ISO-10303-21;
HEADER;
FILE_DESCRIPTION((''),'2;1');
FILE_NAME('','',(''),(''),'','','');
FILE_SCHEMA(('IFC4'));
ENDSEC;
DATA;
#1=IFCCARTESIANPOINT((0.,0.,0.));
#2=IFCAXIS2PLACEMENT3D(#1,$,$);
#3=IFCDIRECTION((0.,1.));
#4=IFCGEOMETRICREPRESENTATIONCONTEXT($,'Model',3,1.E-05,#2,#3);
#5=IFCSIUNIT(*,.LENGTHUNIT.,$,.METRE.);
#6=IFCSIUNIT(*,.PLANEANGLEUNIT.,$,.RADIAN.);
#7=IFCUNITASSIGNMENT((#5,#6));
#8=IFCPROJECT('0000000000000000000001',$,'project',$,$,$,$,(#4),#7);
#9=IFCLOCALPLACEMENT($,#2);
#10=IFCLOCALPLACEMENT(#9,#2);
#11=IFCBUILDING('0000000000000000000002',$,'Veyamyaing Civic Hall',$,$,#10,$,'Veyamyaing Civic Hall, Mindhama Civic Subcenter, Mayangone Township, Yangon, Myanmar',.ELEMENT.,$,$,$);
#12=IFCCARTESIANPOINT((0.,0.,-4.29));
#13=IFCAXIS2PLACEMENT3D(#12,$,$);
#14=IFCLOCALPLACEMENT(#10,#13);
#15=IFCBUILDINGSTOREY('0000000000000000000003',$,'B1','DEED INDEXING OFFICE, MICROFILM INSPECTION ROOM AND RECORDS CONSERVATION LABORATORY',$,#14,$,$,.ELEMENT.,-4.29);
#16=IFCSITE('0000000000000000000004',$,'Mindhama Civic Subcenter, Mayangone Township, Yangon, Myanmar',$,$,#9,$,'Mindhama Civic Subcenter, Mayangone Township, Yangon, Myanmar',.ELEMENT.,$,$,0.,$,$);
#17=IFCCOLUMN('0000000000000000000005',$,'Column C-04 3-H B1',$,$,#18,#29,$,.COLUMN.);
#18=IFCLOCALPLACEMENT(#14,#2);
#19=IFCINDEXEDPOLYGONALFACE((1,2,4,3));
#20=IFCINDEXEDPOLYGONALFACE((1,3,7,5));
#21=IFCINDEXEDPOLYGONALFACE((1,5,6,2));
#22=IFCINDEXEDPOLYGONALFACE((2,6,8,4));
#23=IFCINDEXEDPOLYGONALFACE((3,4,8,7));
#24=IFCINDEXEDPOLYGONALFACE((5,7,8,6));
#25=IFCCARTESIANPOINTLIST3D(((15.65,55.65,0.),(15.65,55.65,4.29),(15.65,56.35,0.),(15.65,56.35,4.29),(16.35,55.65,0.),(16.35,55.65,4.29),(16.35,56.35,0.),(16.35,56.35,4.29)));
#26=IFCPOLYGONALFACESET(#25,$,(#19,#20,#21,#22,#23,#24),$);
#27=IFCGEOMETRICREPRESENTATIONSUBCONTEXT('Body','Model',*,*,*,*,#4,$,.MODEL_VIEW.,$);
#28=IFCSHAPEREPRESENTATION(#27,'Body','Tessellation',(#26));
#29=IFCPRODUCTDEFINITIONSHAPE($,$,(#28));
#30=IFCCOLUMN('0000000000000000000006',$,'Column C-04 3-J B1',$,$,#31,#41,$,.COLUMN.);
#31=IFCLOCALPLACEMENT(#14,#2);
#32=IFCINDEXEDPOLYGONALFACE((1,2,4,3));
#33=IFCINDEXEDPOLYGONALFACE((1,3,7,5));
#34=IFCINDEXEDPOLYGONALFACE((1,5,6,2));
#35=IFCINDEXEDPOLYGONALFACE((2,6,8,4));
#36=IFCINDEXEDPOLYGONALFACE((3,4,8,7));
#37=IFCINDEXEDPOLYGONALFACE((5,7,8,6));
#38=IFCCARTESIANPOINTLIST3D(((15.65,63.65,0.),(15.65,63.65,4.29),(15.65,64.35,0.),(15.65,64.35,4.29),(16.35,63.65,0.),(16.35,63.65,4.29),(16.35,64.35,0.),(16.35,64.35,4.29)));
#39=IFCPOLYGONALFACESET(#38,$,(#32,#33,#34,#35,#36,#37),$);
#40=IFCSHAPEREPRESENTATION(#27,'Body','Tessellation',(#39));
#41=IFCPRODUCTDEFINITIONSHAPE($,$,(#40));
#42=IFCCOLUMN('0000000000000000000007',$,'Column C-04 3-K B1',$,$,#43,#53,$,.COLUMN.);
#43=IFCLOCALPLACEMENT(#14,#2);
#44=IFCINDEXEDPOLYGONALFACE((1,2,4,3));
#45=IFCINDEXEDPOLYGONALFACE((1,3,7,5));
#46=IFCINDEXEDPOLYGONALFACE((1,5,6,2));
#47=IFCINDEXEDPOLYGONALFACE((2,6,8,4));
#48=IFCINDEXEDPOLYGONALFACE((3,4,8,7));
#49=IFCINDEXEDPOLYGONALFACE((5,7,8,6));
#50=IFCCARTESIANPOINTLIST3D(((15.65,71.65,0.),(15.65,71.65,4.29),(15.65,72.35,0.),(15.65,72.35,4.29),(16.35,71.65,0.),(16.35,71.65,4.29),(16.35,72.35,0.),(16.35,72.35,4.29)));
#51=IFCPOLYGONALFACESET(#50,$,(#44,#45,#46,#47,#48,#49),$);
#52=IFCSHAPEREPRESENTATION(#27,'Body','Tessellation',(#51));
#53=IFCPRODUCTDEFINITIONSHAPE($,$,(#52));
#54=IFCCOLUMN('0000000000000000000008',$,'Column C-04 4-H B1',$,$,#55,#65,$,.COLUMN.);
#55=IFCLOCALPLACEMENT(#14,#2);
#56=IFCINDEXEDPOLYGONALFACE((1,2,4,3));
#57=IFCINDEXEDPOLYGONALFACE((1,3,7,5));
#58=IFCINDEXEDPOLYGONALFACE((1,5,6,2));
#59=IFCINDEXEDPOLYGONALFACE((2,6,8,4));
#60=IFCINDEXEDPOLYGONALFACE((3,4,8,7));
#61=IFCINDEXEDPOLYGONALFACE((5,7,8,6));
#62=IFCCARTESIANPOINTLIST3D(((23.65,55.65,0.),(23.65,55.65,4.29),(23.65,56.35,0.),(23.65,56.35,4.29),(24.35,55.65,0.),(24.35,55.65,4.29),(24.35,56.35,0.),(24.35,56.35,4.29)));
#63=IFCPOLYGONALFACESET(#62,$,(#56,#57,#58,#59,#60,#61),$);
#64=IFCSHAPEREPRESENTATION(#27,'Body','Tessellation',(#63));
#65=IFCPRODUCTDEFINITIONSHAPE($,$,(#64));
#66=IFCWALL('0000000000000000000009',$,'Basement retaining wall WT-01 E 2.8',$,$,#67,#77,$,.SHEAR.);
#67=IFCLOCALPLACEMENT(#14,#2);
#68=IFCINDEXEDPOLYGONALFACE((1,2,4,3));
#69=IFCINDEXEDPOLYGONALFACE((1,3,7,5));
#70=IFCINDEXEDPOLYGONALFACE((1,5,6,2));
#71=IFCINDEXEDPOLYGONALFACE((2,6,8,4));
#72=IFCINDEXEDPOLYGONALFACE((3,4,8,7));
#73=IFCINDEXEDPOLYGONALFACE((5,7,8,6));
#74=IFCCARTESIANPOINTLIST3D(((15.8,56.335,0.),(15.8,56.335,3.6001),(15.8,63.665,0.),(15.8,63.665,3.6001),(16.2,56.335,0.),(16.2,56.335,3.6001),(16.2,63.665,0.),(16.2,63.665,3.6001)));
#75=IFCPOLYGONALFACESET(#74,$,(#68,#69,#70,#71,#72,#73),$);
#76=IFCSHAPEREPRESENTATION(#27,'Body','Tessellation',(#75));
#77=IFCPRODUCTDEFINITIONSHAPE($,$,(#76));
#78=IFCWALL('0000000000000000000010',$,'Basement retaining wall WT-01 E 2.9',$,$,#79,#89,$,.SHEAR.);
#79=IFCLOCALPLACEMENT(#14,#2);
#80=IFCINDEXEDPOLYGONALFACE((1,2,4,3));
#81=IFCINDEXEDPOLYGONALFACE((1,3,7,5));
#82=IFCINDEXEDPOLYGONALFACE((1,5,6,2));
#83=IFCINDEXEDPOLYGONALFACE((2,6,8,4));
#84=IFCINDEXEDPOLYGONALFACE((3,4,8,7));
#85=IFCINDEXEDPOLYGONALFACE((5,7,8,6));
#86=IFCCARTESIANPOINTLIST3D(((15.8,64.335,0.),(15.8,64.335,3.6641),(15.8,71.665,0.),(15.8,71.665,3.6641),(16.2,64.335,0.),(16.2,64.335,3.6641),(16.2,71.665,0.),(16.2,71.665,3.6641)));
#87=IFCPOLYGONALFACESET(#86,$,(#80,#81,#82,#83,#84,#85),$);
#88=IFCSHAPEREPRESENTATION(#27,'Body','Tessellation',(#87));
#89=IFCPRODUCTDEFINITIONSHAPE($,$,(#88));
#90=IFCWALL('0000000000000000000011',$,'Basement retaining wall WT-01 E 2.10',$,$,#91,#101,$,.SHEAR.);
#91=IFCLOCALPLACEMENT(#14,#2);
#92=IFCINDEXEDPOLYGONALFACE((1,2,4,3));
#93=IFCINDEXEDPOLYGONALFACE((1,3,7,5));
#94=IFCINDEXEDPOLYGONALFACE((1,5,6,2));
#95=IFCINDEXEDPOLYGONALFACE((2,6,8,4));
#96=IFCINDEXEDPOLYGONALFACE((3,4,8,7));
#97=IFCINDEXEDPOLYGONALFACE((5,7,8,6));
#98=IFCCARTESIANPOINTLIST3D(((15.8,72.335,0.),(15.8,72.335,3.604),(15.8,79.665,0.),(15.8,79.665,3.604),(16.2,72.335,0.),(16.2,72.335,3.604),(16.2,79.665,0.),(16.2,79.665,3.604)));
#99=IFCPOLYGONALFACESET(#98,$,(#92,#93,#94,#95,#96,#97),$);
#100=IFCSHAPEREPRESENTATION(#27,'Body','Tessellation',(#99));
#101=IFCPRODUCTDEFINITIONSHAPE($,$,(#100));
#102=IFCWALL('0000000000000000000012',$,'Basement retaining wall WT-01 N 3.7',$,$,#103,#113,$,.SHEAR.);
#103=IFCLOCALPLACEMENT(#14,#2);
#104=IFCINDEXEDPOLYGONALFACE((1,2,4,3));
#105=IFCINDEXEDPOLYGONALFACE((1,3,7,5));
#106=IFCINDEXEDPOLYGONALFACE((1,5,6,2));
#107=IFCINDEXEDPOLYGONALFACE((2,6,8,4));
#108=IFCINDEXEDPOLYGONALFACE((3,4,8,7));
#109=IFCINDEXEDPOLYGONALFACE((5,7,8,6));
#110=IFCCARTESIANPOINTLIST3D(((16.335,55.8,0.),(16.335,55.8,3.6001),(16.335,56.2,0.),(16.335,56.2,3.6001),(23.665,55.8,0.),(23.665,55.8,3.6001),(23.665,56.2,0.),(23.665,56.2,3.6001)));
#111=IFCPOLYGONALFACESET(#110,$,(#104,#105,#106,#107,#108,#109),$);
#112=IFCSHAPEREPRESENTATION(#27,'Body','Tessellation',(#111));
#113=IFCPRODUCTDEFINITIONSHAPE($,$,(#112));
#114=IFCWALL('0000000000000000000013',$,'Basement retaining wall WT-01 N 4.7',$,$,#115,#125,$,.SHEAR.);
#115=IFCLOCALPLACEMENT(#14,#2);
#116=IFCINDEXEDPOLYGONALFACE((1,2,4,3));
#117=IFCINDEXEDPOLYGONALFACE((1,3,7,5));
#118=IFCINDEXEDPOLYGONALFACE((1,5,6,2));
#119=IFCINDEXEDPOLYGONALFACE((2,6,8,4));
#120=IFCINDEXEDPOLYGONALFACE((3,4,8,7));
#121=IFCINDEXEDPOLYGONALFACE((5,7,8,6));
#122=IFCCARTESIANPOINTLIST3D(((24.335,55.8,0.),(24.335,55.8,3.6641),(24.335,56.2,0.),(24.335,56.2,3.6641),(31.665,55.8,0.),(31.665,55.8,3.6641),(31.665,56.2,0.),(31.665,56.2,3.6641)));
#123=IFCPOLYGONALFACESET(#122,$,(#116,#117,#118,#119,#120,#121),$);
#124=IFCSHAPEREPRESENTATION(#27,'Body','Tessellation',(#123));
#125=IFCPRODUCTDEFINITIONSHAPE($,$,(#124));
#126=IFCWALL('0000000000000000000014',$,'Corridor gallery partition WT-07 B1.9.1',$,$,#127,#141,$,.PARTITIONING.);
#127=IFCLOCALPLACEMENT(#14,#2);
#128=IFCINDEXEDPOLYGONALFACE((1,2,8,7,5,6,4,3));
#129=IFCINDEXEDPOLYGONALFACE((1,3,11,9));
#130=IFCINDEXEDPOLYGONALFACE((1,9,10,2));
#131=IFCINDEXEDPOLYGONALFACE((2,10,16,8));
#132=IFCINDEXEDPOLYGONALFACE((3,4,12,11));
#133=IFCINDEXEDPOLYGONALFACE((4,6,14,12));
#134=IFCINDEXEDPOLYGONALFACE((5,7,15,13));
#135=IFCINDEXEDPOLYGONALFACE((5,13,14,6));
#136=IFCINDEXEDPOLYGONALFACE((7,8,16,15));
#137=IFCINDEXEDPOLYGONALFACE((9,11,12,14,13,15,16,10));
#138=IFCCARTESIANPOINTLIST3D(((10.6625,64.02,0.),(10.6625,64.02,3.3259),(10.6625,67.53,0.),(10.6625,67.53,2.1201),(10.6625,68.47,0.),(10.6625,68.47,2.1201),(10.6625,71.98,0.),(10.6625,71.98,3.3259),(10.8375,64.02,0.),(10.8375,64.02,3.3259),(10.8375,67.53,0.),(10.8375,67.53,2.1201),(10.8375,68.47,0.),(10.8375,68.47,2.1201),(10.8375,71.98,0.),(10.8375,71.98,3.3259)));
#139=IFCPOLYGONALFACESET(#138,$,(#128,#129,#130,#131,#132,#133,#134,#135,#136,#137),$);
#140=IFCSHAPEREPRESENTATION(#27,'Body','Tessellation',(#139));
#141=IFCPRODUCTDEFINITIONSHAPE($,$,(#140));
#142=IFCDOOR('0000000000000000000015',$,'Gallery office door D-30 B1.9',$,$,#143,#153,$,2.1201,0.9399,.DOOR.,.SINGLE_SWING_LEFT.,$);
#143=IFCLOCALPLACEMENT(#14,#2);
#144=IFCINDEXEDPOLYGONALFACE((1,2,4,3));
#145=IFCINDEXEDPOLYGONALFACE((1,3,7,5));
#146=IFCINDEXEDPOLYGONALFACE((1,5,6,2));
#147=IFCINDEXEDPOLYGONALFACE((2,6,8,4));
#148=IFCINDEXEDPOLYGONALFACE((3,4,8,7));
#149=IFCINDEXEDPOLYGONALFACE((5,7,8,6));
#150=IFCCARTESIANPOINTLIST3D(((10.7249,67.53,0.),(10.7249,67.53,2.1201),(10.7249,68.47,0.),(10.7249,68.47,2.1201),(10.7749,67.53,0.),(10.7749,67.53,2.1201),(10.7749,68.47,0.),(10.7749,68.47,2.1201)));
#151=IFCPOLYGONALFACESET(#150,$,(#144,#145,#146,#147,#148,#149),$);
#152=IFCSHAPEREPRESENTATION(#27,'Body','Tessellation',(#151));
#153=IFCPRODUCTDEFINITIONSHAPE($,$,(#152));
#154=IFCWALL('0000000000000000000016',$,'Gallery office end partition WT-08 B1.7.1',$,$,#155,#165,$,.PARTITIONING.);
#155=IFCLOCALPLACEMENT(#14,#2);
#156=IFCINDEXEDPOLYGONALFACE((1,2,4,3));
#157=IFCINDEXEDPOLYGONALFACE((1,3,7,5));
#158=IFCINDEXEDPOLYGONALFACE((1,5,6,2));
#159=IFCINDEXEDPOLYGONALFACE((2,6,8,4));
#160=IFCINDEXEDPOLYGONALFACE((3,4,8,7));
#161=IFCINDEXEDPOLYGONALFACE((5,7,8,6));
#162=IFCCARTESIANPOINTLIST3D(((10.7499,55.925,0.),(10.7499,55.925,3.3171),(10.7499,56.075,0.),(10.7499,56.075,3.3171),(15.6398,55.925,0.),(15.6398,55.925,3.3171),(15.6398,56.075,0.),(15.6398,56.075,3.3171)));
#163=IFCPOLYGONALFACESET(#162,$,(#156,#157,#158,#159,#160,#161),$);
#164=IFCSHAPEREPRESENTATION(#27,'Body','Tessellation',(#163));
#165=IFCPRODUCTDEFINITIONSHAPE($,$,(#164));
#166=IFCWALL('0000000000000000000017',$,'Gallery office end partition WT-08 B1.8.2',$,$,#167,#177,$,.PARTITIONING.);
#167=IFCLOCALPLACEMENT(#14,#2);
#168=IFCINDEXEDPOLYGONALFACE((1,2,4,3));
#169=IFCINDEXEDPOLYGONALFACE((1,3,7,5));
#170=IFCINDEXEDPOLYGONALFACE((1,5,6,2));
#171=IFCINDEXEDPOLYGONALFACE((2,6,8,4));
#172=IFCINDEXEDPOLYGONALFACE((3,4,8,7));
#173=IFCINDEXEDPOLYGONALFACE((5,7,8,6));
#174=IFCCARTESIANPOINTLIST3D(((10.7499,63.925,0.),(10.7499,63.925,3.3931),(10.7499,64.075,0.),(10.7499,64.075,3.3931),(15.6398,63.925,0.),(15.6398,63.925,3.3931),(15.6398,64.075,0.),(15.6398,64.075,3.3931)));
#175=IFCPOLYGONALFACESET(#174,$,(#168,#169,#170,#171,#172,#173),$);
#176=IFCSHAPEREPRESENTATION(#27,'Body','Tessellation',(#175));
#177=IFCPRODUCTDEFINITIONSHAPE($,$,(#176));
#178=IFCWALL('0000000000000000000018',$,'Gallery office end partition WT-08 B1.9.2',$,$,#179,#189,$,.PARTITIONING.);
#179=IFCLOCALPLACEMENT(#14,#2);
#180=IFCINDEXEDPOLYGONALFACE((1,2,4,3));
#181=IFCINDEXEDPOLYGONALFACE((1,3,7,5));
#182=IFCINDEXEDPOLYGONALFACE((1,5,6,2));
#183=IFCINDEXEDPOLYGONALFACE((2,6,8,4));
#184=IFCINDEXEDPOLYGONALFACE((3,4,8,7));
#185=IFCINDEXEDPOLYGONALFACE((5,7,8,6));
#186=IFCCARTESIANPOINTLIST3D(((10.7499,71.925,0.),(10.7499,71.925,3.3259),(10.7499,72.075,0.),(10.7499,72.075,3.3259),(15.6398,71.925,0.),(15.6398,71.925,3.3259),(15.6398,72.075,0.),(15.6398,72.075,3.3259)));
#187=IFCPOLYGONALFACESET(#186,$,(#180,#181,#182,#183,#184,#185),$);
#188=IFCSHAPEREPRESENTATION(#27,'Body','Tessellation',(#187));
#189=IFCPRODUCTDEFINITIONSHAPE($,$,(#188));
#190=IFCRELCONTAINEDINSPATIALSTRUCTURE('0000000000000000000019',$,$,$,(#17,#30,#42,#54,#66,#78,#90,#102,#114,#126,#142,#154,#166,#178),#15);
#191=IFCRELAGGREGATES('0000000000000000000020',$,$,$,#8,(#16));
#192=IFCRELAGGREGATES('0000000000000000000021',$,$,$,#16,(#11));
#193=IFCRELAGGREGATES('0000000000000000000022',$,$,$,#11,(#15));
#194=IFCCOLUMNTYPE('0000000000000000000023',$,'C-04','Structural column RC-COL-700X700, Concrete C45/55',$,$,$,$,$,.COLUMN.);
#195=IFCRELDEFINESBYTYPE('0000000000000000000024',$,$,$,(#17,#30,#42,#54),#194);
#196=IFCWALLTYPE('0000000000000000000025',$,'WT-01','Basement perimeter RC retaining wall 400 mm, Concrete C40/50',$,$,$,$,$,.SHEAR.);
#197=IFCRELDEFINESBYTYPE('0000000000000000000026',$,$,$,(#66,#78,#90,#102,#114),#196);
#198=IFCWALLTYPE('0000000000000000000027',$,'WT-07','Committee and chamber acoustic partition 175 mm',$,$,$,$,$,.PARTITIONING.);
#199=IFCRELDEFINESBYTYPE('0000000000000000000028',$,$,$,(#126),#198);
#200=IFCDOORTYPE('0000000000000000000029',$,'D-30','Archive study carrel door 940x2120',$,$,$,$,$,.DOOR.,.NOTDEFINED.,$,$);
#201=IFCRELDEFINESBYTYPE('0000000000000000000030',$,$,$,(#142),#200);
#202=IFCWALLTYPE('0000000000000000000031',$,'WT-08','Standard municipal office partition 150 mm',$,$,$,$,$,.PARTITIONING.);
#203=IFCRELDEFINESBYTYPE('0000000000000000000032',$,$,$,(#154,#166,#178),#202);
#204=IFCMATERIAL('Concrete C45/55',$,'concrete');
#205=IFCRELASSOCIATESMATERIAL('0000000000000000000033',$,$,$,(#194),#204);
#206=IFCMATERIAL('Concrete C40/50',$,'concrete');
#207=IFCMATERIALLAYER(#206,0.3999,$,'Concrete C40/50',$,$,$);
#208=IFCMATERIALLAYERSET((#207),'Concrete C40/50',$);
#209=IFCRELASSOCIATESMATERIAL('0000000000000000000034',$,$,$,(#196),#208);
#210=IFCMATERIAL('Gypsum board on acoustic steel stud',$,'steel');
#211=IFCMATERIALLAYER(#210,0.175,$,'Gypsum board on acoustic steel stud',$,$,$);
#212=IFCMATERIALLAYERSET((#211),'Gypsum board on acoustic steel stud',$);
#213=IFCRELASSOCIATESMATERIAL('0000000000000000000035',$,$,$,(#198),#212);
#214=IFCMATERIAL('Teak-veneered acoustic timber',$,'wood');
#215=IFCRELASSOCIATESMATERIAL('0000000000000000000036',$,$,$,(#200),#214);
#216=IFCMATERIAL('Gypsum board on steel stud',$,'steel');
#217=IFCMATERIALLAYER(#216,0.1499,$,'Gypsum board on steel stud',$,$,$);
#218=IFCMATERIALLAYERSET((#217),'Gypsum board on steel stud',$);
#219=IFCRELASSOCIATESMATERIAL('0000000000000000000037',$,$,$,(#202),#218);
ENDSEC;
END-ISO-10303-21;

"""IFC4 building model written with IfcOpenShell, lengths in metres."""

from ifc_helpers import new_model, si_unit, direction, frame, frame_2d, origin, origin_2d, place, context, subcontext, project, spatial, rectangle, extrude, material, layer, layer_set, material_profile, profile_set, type_object, element, fill, save


model = new_model("IFC4")

# Units and contexts
model_context = context("Model", 3, precision=1e-05, world=origin(), true_north=direction((0.0, 1.0)))
body_context = subcontext(model_context, "Body", "Model", "MODEL_VIEW")
ifc_project = project(units=[si_unit("LENGTHUNIT", "METRE"), si_unit("PLANEANGLEUNIT", "RADIAN")], contexts=[model_context])

# Site, building, storey
site_placement = place(None, origin())
site = spatial("IfcSite", under=ifc_project, at=site_placement, Name="Mindhama Civic Subcenter, Mayangone Township, Yangon, Myanmar", LongName="Mindhama Civic Subcenter, Mayangone Township, Yangon, Myanmar", CompositionType="ELEMENT", RefElevation=0.0)
building_placement = place(site_placement, origin())
building = spatial("IfcBuilding", under=site, at=building_placement, Name="Veyamyaing Civic Hall", LongName="Veyamyaing Civic Hall, Mindhama Civic Subcenter, Mayangone Township, Yangon, Myanmar", CompositionType="ELEMENT")
storey_placement = place(building_placement, frame((0.0, 0.0, -4.29)))
storey = spatial("IfcBuildingStorey", under=building, at=storey_placement, Name="B1", Description="DEED INDEXING OFFICE, MICROFILM INSPECTION ROOM AND RECORDS CONSERVATION LABORATORY", CompositionType="ELEMENT", Elevation=-4.29)

# Shared definitions
ifc_material_1 = material(Name="Concrete C40/50", Category="concrete")

# Columns
ifc_material_2 = material(Name="Concrete C45/55", Category="concrete")
ifc_material_profile_1 = material_profile(ifc_material_2, rectangle(XDim=0.7, YDim=0.7, at=origin_2d()), Name="RC-COL-700X700")
ifc_profile_set_1 = profile_set([ifc_material_profile_1], Name="Concrete C45/55")
column_type = type_object("IfcColumnType", Name="C-04", Description="Structural column RC-COL-700X700, Concrete C45/55", PredefinedType="COLUMN", material=ifc_profile_set_1)
for number, where, z_axis, x_axis, name in (
    (1, (16.0, 56.0, 0.0), (0.0, 0.0, 1.0), (1.0, 0.0, 0.0), "Column C-04 3-H B1"),
    (2, (16.0, 64.0, 0.0), (0.0, 0.0, 1.0), (1.0, 0.0, 0.0), "Column C-04 3-J B1"),
    (3, (16.0, 72.0, 0.0), (0.0, 0.0, 1.0), (1.0, 0.0, 0.0), "Column C-04 3-K B1"),
    (4, (24.0, 56.0, 0.0), (0.0, 0.0, 1.0), (1.0, 0.0, 0.0), "Column C-04 4-H B1"),
):
    element("IfcColumn", number, at=place(storey_placement, frame(where, z_axis=z_axis, x_axis=x_axis)), inside=storey, type_object=column_type, Name=name, PredefinedType="COLUMN", context=body_context, shape_type="SweptSolid", body=[
        extrude(rectangle(XDim=0.7, YDim=0.7, at=origin_2d()), origin(), (0.0, 0.0, 1.0), 4.29),
    ])

# Walls
ifc_layer_1 = layer(ifc_material_1, 0.3999, Name="Concrete C40/50")
ifc_layer_set_1 = layer_set([ifc_layer_1], Name="Concrete C40/50")
wall_type_1 = type_object("IfcWallType", Name="WT-01", Description="Basement perimeter RC retaining wall 400 mm, Concrete C40/50", PredefinedType="SHEAR", material=ifc_layer_set_1)
wall_1_placement = place(storey_placement, frame((16.0, 56.335, 0.0), z_axis=(0.0, 0.0, 1.0), x_axis=(0.0, 1.0, 0.0)))
element("IfcWall", 5, at=wall_1_placement, inside=storey, type_object=wall_type_1, Name="Basement retaining wall WT-01 E 2.8", PredefinedType="SHEAR", context=body_context, shape_type="SweptSolid", body=[
    extrude(rectangle(XDim=7.3301, YDim=0.3999, at=frame_2d((3.665, 0.0))), origin(), (0.0, 0.0, 1.0), 3.6001),
])
wall_2_placement = place(storey_placement, frame((16.0, 64.335, 0.0), z_axis=(0.0, 0.0, 1.0), x_axis=(0.0, 1.0, 0.0)))
element("IfcWall", 6, at=wall_2_placement, inside=storey, type_object=wall_type_1, Name="Basement retaining wall WT-01 E 2.9", PredefinedType="SHEAR", context=body_context, shape_type="SweptSolid", body=[
    extrude(rectangle(XDim=7.3301, YDim=0.3999, at=frame_2d((3.665, 0.0))), origin(), (0.0, 0.0, 1.0), 3.6641),
])
wall_3_placement = place(storey_placement, frame((16.0, 72.335, 0.0), z_axis=(0.0, 0.0, 1.0), x_axis=(0.0, 1.0, 0.0)))
element("IfcWall", 7, at=wall_3_placement, inside=storey, type_object=wall_type_1, Name="Basement retaining wall WT-01 E 2.10", PredefinedType="SHEAR", context=body_context, shape_type="SweptSolid", body=[
    extrude(rectangle(XDim=7.3301, YDim=0.3999, at=frame_2d((3.665, 0.0))), origin(), (0.0, 0.0, 1.0), 3.604),
])
wall_4_placement = place(storey_placement, frame((16.335, 56.0, 0.0), z_axis=(0.0, 0.0, 1.0), x_axis=(1.0, 0.0, 0.0)))
element("IfcWall", 8, at=wall_4_placement, inside=storey, type_object=wall_type_1, Name="Basement retaining wall WT-01 N 3.7", PredefinedType="SHEAR", context=body_context, shape_type="SweptSolid", body=[
    extrude(rectangle(XDim=7.3301, YDim=0.3999, at=frame_2d((3.665, 0.0))), origin(), (0.0, 0.0, 1.0), 3.6001),
])
wall_5_placement = place(storey_placement, frame((24.335, 56.0, 0.0), z_axis=(0.0, 0.0, 1.0), x_axis=(1.0, 0.0, 0.0)))
element("IfcWall", 9, at=wall_5_placement, inside=storey, type_object=wall_type_1, Name="Basement retaining wall WT-01 N 4.7", PredefinedType="SHEAR", context=body_context, shape_type="SweptSolid", body=[
    extrude(rectangle(XDim=7.3301, YDim=0.3999, at=frame_2d((3.665, 0.0))), origin(), (0.0, 0.0, 1.0), 3.6641),
])

# Wall, opening, door
ifc_material_3 = material(Name="Gypsum board on acoustic steel stud", Category="steel")
ifc_layer_2 = layer(ifc_material_3, 0.175, Name="Gypsum board on acoustic steel stud")
ifc_layer_set_2 = layer_set([ifc_layer_2], Name="Gypsum board on acoustic steel stud")
wall_type_2 = type_object("IfcWallType", Name="WT-07", Description="Committee and chamber acoustic partition 175 mm", PredefinedType="PARTITIONING", material=ifc_layer_set_2)
wall_6_placement = place(storey_placement, frame((10.75, 64.02, 0.0), z_axis=(0.0, 0.0, 1.0), x_axis=(0.0, 1.0, 0.0)))
wall_6 = element("IfcWall", 10, at=wall_6_placement, inside=storey, type_object=wall_type_2, Name="Corridor gallery partition WT-07 B1.9.1", PredefinedType="PARTITIONING", context=body_context, shape_type="SweptSolid", body=[
    extrude(rectangle(XDim=7.96, YDim=0.175, at=frame_2d((3.98, 0.0))), origin(), (0.0, 0.0, 1.0), 3.3259),
])
opening_1_placement = place(wall_6_placement, frame((3.51, 0.0, 0.0)))
opening_1 = element("IfcOpeningElement", 11, at=opening_1_placement, cuts=wall_6, PredefinedType="OPENING", context=body_context, shape_type="SweptSolid", body=[
    extrude(rectangle(XDim=0.9399, YDim=2.1201, at=frame_2d((0.47, 1.0601))), frame((0.0, 0.0974, 0.0), z_axis=(0.0, -1.0, 0.0), x_axis=(1.0, 0.0, 0.0)), (0.0, 0.0, 1.0), 0.1951),
])
ifc_material_4 = material(Name="Teak-veneered acoustic timber", Category="wood")
door_type_1 = type_object("IfcDoorType", Name="D-30", Description="Archive study carrel door 940x2120", OperationType="NOTDEFINED", PredefinedType="DOOR", material=ifc_material_4)
door_1_placement = place(opening_1_placement, frame((0.9399, 0.0, 0.0), z_axis=(0.0, 0.0, 1.0), x_axis=(-1.0, 0.0, 0.0)))
door_1 = element("IfcDoor", 12, at=door_1_placement, inside=storey, type_object=door_type_1, Name="Gallery office door D-30 B1.9", OperationType="SINGLE_SWING_LEFT", OverallHeight=2.1201, OverallWidth=0.9399, PredefinedType="DOOR", context=body_context, shape_type="SweptSolid", body=[
    extrude(rectangle(XDim=0.9399, YDim=2.1201, at=frame_2d((0.47, 1.0601))), frame((0.0, 0.0249, 0.0), z_axis=(0.0, -1.0, 0.0), x_axis=(1.0, 0.0, 0.0)), (0.0, 0.0, 1.0), 0.05),
])
fill(opening_1, door_1)

# Walls
ifc_material_5 = material(Name="Gypsum board on steel stud", Category="steel")
ifc_layer_3 = layer(ifc_material_5, 0.1499, Name="Gypsum board on steel stud")
ifc_layer_set_3 = layer_set([ifc_layer_3], Name="Gypsum board on steel stud")
wall_type_3 = type_object("IfcWallType", Name="WT-08", Description="Standard municipal office partition 150 mm", PredefinedType="PARTITIONING", material=ifc_layer_set_3)
wall_7_placement = place(storey_placement, frame((10.75, 56.0, 0.0), z_axis=(0.0, 0.0, 1.0), x_axis=(1.0, 0.0, 0.0)))
element("IfcWall", 13, at=wall_7_placement, inside=storey, type_object=wall_type_3, Name="Gallery office end partition WT-08 B1.7.1", PredefinedType="PARTITIONING", context=body_context, shape_type="SweptSolid", body=[
    extrude(rectangle(XDim=4.8899, YDim=0.1499, at=frame_2d((2.4448, 0.0))), origin(), (0.0, 0.0, 1.0), 3.3171),
])
wall_8_placement = place(storey_placement, frame((10.75, 64.0, 0.0), z_axis=(0.0, 0.0, 1.0), x_axis=(1.0, 0.0, 0.0)))
element("IfcWall", 14, at=wall_8_placement, inside=storey, type_object=wall_type_3, Name="Gallery office end partition WT-08 B1.8.2", PredefinedType="PARTITIONING", context=body_context, shape_type="SweptSolid", body=[
    extrude(rectangle(XDim=4.8899, YDim=0.1499, at=frame_2d((2.4448, 0.0))), origin(), (0.0, 0.0, 1.0), 3.3931),
])
wall_9_placement = place(storey_placement, frame((10.75, 72.0, 0.0), z_axis=(0.0, 0.0, 1.0), x_axis=(1.0, 0.0, 0.0)))
element("IfcWall", 15, at=wall_9_placement, inside=storey, type_object=wall_type_3, Name="Gallery office end partition WT-08 B1.9.2", PredefinedType="PARTITIONING", context=body_context, shape_type="SweptSolid", body=[
    extrude(rectangle(XDim=4.8899, YDim=0.1499, at=frame_2d((2.4448, 0.0))), origin(), (0.0, 0.0, 1.0), 3.3259),
])

save(model, "model.ifc")
